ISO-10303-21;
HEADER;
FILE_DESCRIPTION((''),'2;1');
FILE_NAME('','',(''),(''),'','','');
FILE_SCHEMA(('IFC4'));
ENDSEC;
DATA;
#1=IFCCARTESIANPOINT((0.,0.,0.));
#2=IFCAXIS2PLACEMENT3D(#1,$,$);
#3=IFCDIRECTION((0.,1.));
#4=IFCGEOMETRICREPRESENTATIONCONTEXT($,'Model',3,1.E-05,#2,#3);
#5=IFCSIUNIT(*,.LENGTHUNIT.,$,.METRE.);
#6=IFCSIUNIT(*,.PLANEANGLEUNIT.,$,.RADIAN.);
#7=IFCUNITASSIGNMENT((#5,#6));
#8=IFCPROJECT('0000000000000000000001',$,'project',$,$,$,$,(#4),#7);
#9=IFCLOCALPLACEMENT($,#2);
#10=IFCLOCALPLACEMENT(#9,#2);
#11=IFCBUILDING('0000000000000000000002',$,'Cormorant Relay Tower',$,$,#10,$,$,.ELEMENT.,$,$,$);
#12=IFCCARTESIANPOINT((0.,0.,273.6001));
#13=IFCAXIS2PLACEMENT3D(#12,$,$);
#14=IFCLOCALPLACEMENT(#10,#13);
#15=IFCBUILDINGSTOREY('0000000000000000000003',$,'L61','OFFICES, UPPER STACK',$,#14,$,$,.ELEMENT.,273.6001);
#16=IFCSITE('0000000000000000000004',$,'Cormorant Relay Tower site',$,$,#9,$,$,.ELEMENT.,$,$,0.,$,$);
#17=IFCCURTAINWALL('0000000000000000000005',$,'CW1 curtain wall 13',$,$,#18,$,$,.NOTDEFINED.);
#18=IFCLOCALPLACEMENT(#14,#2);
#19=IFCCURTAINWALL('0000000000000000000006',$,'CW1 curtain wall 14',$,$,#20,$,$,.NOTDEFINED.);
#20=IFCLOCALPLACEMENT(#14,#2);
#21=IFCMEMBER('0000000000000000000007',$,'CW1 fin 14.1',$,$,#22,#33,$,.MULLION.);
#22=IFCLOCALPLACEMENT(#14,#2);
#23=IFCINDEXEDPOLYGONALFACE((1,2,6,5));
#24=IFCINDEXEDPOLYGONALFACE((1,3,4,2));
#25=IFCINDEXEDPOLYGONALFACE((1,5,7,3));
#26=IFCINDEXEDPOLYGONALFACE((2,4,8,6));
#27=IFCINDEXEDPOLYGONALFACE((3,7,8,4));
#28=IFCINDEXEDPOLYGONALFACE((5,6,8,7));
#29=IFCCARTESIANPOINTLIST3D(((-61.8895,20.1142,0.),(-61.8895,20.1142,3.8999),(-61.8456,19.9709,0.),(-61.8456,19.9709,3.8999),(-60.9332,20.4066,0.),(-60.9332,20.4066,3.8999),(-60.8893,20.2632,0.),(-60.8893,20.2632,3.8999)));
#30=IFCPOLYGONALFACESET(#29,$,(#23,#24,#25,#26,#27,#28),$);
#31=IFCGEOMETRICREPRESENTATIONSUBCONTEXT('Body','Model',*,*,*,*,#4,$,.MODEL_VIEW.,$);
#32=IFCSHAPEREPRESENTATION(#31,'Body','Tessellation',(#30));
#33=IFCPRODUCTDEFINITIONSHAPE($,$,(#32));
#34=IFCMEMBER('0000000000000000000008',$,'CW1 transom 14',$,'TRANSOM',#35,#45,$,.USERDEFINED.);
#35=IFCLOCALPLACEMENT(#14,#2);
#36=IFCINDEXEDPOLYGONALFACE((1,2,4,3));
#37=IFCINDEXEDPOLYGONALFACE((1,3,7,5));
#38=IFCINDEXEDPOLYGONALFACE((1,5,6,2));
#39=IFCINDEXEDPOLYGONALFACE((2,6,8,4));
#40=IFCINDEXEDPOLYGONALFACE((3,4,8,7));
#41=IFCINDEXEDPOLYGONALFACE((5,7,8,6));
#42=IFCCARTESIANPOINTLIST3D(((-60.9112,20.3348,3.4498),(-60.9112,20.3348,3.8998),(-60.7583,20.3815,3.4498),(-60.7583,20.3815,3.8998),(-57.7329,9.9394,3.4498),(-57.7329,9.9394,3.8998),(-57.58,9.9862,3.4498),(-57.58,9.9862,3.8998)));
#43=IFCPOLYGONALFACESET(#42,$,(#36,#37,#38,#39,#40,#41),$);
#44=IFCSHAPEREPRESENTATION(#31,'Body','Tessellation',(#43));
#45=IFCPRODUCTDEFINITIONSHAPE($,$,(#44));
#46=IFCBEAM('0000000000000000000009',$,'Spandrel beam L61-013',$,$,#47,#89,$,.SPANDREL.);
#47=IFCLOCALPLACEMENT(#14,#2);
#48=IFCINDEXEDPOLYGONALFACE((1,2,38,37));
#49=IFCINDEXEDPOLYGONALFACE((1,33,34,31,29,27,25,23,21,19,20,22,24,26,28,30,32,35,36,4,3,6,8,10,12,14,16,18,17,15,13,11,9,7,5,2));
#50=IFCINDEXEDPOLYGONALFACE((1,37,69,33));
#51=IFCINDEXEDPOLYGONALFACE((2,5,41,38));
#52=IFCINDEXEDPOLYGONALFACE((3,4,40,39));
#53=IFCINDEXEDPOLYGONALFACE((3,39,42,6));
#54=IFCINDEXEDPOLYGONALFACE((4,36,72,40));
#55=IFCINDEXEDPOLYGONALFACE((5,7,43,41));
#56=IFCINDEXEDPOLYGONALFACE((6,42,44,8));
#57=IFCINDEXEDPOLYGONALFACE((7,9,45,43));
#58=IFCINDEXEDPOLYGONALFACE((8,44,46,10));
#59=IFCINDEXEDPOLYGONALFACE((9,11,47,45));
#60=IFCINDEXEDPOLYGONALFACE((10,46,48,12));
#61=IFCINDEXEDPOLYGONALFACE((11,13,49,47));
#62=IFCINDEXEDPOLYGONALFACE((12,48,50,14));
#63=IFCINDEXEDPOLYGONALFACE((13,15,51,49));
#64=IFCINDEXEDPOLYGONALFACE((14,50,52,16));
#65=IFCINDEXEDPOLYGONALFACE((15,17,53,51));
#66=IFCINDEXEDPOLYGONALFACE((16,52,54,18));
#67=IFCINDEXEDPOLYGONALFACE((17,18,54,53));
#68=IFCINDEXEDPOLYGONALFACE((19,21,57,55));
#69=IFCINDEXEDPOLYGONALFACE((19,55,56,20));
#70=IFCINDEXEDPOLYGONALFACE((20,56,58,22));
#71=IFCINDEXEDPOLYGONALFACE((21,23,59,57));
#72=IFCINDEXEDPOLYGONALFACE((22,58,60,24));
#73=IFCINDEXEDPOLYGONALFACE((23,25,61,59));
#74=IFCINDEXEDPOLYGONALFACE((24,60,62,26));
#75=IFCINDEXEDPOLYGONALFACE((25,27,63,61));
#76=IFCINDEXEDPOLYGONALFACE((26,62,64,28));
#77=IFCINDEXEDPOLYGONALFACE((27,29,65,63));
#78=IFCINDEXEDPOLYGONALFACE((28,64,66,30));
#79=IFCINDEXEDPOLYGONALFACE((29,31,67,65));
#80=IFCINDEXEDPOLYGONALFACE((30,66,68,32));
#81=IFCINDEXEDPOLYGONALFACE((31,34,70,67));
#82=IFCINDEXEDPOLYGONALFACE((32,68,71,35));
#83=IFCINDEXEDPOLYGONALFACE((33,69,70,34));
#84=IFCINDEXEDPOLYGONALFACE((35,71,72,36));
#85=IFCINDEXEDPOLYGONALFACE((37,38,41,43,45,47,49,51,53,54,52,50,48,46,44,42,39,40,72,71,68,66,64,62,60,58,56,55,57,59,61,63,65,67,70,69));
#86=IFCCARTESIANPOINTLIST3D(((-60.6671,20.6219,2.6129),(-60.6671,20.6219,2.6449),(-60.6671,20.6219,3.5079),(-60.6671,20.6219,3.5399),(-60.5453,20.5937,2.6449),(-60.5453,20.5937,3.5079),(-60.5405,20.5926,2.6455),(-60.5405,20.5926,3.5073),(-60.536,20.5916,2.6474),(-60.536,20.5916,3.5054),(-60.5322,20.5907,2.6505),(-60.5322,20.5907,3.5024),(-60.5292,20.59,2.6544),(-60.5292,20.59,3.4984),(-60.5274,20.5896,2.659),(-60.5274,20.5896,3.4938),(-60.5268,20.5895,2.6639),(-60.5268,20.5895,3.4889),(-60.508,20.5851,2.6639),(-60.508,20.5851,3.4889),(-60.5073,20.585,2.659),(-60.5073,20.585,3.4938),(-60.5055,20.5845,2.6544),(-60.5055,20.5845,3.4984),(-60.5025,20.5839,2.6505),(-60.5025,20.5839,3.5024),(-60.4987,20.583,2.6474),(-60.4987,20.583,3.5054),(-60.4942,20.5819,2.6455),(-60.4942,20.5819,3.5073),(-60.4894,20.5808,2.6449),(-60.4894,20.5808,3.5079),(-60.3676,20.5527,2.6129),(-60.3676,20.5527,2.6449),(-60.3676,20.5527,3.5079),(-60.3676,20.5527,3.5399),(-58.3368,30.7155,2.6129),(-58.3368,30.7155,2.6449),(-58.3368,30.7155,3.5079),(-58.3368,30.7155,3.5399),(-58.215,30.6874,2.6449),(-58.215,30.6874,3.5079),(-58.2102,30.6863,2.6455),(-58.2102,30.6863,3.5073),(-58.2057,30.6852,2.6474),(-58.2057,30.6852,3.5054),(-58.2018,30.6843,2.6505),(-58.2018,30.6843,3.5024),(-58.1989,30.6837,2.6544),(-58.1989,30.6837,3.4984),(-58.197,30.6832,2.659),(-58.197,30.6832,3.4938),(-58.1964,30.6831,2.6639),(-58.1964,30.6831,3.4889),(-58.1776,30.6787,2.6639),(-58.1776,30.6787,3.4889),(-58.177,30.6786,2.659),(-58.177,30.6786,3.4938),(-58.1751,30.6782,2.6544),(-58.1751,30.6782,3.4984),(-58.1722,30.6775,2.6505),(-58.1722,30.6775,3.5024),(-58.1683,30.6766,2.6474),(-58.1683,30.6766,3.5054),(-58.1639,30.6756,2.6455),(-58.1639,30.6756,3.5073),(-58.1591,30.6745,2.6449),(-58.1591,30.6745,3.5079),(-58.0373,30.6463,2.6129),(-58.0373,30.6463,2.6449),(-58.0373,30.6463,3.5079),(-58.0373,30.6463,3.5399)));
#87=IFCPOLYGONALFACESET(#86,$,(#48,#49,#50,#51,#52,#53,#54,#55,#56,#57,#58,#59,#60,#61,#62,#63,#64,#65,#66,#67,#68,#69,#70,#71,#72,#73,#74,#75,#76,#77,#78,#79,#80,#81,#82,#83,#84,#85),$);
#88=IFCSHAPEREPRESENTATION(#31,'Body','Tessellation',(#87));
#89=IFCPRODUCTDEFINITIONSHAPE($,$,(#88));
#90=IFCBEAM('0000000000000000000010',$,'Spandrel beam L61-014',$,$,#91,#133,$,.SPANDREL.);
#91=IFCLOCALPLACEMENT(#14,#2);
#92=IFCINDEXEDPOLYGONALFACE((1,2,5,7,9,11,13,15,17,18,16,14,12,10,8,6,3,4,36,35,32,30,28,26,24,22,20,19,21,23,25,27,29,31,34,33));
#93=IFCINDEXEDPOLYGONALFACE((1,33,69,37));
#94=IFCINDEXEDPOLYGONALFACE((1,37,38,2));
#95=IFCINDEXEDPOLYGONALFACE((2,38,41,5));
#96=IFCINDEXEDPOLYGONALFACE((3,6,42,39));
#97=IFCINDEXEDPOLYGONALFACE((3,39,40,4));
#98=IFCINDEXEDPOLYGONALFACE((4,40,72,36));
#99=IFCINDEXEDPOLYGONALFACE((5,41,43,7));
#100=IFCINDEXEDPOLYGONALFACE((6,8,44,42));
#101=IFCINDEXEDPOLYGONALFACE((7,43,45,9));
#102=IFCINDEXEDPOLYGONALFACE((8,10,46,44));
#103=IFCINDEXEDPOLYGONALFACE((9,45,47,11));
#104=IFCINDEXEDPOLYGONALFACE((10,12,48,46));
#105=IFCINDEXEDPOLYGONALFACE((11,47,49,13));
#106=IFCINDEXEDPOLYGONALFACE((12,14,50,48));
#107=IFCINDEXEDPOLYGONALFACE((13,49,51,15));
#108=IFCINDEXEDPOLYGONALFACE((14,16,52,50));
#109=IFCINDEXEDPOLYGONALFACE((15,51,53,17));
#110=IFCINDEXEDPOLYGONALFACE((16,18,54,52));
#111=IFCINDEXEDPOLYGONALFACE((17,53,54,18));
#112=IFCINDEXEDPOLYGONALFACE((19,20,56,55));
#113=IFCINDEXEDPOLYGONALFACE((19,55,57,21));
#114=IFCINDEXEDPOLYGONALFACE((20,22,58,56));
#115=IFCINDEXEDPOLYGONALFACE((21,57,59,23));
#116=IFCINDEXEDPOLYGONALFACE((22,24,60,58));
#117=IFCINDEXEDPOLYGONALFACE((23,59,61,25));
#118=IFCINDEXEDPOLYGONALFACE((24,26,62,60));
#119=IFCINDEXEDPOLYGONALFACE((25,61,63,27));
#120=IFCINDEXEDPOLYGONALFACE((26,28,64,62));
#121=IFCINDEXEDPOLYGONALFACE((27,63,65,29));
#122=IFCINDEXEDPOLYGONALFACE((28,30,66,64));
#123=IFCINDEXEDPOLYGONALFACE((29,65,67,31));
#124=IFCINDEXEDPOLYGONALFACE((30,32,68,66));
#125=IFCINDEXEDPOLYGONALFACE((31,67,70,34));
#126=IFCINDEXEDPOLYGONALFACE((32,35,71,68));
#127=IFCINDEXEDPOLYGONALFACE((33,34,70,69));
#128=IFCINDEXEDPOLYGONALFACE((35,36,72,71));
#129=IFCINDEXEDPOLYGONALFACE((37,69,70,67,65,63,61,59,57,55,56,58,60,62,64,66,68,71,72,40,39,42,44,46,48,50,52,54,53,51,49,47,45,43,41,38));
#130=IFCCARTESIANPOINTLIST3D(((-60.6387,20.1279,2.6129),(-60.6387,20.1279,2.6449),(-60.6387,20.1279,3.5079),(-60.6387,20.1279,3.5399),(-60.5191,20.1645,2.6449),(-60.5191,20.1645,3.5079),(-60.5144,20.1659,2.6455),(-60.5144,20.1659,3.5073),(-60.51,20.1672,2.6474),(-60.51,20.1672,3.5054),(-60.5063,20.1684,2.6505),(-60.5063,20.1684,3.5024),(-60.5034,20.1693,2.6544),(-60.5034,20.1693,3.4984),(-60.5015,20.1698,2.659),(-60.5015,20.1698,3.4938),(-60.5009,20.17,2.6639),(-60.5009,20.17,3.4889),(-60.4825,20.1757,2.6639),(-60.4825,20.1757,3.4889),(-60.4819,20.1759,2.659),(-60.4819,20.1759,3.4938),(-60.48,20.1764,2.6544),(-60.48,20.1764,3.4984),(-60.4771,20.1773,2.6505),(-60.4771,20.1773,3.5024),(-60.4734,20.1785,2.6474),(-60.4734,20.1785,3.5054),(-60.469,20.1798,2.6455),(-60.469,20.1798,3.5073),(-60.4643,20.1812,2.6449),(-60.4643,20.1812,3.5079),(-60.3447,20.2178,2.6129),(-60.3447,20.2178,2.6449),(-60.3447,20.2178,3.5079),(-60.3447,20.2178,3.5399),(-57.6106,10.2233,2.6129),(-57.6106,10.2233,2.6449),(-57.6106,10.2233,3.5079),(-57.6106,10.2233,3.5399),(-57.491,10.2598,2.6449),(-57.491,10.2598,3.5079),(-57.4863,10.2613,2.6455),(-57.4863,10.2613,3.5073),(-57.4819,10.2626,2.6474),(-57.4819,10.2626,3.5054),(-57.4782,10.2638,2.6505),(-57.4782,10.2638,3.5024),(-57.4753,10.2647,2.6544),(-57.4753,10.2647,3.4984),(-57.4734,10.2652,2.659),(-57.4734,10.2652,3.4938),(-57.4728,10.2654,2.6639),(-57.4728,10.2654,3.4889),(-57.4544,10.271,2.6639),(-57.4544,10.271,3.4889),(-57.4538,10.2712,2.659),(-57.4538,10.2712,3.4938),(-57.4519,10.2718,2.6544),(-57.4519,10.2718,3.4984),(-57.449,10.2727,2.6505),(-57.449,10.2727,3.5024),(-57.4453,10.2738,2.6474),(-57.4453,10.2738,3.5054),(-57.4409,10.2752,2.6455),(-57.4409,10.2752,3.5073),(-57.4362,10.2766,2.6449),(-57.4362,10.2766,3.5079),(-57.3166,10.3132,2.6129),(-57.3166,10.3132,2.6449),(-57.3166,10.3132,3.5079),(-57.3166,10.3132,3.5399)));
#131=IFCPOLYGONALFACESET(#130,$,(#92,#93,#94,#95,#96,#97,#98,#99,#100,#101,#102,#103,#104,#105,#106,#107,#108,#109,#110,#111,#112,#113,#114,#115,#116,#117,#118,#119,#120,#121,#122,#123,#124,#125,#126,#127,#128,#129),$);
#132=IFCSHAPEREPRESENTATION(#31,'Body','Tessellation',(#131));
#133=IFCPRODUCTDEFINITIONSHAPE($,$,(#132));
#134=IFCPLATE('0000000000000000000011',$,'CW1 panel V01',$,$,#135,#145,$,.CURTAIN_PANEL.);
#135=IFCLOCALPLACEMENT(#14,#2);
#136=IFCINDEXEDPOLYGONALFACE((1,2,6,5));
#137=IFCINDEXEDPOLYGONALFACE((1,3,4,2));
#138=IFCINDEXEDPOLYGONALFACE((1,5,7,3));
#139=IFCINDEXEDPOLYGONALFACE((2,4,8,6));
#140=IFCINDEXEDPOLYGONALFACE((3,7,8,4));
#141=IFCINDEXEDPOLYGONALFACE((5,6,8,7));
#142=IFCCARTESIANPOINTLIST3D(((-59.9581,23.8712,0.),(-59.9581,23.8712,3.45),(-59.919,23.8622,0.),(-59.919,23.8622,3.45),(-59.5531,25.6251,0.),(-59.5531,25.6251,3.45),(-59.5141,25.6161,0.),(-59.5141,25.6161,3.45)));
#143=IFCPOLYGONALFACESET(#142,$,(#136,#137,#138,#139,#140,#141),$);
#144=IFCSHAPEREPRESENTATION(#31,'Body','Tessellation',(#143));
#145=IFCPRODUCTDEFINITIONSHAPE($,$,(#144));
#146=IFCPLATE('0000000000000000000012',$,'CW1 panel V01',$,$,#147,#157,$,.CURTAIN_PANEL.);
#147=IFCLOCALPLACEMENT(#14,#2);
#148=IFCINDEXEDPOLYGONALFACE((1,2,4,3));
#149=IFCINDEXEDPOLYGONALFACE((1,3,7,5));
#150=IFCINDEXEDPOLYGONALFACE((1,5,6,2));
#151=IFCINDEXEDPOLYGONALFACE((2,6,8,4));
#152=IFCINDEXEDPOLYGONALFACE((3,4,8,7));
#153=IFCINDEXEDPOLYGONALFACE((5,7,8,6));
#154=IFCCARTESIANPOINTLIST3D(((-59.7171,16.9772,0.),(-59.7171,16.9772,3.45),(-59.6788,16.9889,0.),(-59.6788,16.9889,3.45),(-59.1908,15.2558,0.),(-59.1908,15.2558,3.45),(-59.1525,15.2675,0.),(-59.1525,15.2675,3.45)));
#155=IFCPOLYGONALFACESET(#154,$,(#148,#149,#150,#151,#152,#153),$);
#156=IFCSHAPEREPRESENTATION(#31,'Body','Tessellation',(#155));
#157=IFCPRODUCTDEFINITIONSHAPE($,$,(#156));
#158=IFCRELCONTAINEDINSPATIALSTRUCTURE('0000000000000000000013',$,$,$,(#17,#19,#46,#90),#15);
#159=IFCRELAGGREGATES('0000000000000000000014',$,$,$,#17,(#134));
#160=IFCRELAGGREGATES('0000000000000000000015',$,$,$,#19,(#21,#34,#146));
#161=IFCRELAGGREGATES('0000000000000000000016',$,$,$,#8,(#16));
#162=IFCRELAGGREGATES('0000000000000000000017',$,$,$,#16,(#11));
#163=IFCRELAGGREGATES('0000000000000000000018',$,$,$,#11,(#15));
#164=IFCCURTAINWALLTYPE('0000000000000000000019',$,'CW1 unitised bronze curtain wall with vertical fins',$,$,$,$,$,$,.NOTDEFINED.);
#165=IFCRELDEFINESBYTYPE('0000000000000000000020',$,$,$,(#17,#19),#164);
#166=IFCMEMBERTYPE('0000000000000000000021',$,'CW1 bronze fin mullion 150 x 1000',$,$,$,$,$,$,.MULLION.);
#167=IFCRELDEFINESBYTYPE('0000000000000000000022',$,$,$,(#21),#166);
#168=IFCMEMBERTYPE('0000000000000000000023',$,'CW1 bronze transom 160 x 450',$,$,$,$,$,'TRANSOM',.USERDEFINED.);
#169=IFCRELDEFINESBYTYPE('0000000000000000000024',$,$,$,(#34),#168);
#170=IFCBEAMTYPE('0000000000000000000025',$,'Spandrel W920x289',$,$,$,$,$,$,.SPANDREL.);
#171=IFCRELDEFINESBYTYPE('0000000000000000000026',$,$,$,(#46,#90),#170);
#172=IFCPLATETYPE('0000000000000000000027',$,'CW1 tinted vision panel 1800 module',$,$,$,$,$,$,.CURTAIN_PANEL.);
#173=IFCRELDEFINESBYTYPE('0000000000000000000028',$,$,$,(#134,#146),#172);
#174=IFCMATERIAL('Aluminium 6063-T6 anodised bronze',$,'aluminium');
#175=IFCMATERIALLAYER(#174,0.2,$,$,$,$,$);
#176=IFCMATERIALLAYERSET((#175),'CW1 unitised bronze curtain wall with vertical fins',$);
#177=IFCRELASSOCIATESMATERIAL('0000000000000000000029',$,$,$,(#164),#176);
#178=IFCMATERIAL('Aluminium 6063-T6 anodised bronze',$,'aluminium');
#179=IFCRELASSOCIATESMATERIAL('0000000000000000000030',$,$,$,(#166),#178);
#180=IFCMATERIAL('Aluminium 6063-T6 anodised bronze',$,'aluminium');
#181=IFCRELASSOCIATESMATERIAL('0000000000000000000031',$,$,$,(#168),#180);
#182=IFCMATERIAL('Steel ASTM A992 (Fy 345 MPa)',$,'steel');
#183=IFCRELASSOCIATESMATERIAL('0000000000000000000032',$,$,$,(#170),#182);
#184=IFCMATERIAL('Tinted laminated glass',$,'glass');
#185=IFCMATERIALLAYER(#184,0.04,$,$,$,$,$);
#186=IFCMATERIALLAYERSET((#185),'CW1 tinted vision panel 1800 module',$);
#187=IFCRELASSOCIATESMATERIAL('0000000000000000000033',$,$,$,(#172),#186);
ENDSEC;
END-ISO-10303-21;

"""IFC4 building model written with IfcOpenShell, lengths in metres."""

from ifc_helpers import new_model, si_unit, direction, frame, origin, origin_2d, place, context, subcontext, project, spatial, rectangle, i_section, extrude, material, layer, layer_set, material_profile, profile_set, type_object, element, aggregate, save


model = new_model("IFC4")

# Units and contexts
model_context = context("Model", 3, precision=1e-05, world=origin(), true_north=direction((0.0, 1.0)))
body_context = subcontext(model_context, "Body", "Model", "MODEL_VIEW")
ifc_project = project(units=[si_unit("LENGTHUNIT", "METRE"), si_unit("PLANEANGLEUNIT", "RADIAN")], contexts=[model_context])

# Site, building, storey
site_placement = place(None, origin())
site = spatial("IfcSite", under=ifc_project, at=site_placement, Name="Cormorant Relay Tower site", CompositionType="ELEMENT", RefElevation=0.0)
building_placement = place(site_placement, origin())
building = spatial("IfcBuilding", under=site, at=building_placement, Name="Cormorant Relay Tower", CompositionType="ELEMENT")
storey_placement = place(building_placement, frame((0.0, 0.0, 273.6001)))
storey = spatial("IfcBuildingStorey", under=building, at=storey_placement, Name="L61", Description="OFFICES, UPPER STACK", CompositionType="ELEMENT", Elevation=273.6001)

# Curtain wall
ifc_material_1 = material(Name="Aluminium 6063-T6 anodised bronze", Category="aluminium")
ifc_layer_1 = layer(ifc_material_1, 0.2)
ifc_layer_set_1 = layer_set([ifc_layer_1], Name="CW1 unitised bronze curtain wall with vertical fins")
curtain_wall_type = type_object("IfcCurtainWallType", Name="CW1 unitised bronze curtain wall with vertical fins", PredefinedType="NOTDEFINED", material=ifc_layer_set_1)
curtain_wall_1_placement = place(storey_placement, origin())
curtain_wall_1 = element("IfcCurtainWall", 1, at=curtain_wall_1_placement, inside=storey, type_object=curtain_wall_type, Name="CW1 curtain wall 13", PredefinedType="NOTDEFINED")
ifc_material_2 = material(Name="Aluminium 6063-T6 anodised bronze", Category="aluminium")
ifc_material_profile_1 = material_profile(ifc_material_2, rectangle(XDim=0.1499, YDim=1.0, at=origin_2d()), Name="AL 150x1000")
ifc_profile_set_1 = profile_set([ifc_material_profile_1], Name="Aluminium 6063-T6 anodised bronze")
member_type_1 = type_object("IfcMemberType", Name="CW1 bronze fin mullion 150 x 1000", PredefinedType="MULLION", material=ifc_profile_set_1)

# Curtain wall, members
curtain_wall_2_placement = place(storey_placement, origin())
curtain_wall_2 = element("IfcCurtainWall", 2, at=curtain_wall_2_placement, inside=storey, type_object=curtain_wall_type, Name="CW1 curtain wall 14", PredefinedType="NOTDEFINED")
member_1_placement = place(storey_placement, frame((-61.3894, 20.1887, 0.0), z_axis=(0.0, 0.0, 1.0), x_axis=(0.292372, -0.956305, 0.0)))
member_1 = element("IfcMember", 3, at=member_1_placement, type_object=member_type_1, Name="CW1 fin 14.1", PredefinedType="MULLION", context=body_context, shape_type="SweptSolid", body=[
    extrude(rectangle(XDim=0.1499, YDim=1.0, at=origin_2d()), origin(), (0.0, 0.0, 1.0), 3.8999),
])
ifc_material_3 = material(Name="Aluminium 6063-T6 anodised bronze", Category="aluminium")
ifc_material_profile_2 = material_profile(ifc_material_3, rectangle(XDim=0.1599, YDim=0.45, at=origin_2d()), Name="AL 160x450")
ifc_profile_set_2 = profile_set([ifc_material_profile_2], Name="Aluminium 6063-T6 anodised bronze")
member_type_2 = type_object("IfcMemberType", Name="CW1 bronze transom 160 x 450", ElementType="TRANSOM", PredefinedType="USERDEFINED", material=ifc_profile_set_2)
member_2_placement = place(storey_placement, frame((-60.8347, 20.3582, 3.6748), z_axis=(0.292378, -0.956303, 0.0), x_axis=(0.956303, 0.292378, 0.0)))
member_2 = element("IfcMember", 4, at=member_2_placement, type_object=member_type_2, Name="CW1 transom 14", ObjectType="TRANSOM", PredefinedType="USERDEFINED", context=body_context, shape_type="SweptSolid", body=[
    extrude(rectangle(XDim=0.1599, YDim=0.45, at=origin_2d()), origin(), (0.0, 0.0, 1.0), 10.8704),
])

# Beams
ifc_material_4 = material(Name="Steel ASTM A992 (Fy 345 MPa)", Category="steel")
ifc_material_profile_3 = material_profile(ifc_material_4, i_section(OverallWidth=0.3074, OverallDepth=0.927, WebThickness=0.0193, FlangeThickness=0.032, FilletRadius=0.019, at=origin_2d()), Name="W920x289")
ifc_profile_set_3 = profile_set([ifc_material_profile_3], Name="Steel ASTM A992 (Fy 345 MPa)")
beam_type = type_object("IfcBeamType", Name="Spandrel W920x289", PredefinedType="SPANDREL", material=ifc_profile_set_3)
beam_1_placement = place(storey_placement, frame((-58.187, 30.6809, 3.0764), z_axis=(-0.224956, -0.974369, 0.0), x_axis=(0.974369, -0.224956, 0.0)))
element("IfcBeam", 5, at=beam_1_placement, inside=storey, type_object=beam_type, Name="Spandrel beam L61-013", PredefinedType="SPANDREL", context=body_context, shape_type="SweptSolid", body=[
    extrude(i_section(OverallWidth=0.3074, OverallDepth=0.927, WebThickness=0.0193, FlangeThickness=0.032, FilletRadius=0.019, at=origin_2d()), origin(), (0.0, 0.0, 1.0), 10.3591),
])
beam_2_placement = place(storey_placement, frame((-60.4917, 20.1729, 3.0764), z_axis=(0.292368, -0.956306, 0.0), x_axis=(0.956306, 0.292368, 0.0)))
element("IfcBeam", 6, at=beam_2_placement, inside=storey, type_object=beam_type, Name="Spandrel beam L61-014", PredefinedType="SPANDREL", context=body_context, shape_type="SweptSolid", body=[
    extrude(i_section(OverallWidth=0.3074, OverallDepth=0.927, WebThickness=0.0193, FlangeThickness=0.032, FilletRadius=0.019, at=origin_2d()), origin(), (0.0, 0.0, 1.0), 10.3572),
])

# Plates
ifc_material_5 = material(Name="Tinted laminated glass", Category="glass")
ifc_layer_2 = layer(ifc_material_5, 0.04)
ifc_layer_set_2 = layer_set([ifc_layer_2], Name="CW1 tinted vision panel 1800 module")
plate_type = type_object("IfcPlateType", Name="CW1 tinted vision panel 1800 module", PredefinedType="CURTAIN_PANEL", material=ifc_layer_set_2)
plate_1_placement = place(storey_placement, frame((-59.7361, 24.7437, 0.0), z_axis=(0.0, 0.0, 1.0), x_axis=(-0.224951, -0.97437, 0.0)))
plate_1 = element("IfcPlate", 7, at=plate_1_placement, type_object=plate_type, Name="CW1 panel V01", PredefinedType="CURTAIN_PANEL", context=body_context, shape_type="SweptSolid", body=[
    extrude(rectangle(XDim=1.8, YDim=0.04, at=origin_2d()), origin(), (0.0, 0.0, 1.0), 3.45),
])
plate_2_placement = place(storey_placement, frame((-59.4348, 16.1223, 0.0), z_axis=(0.0, 0.0, 1.0), x_axis=(0.292372, -0.956305, 0.0)))
plate_2 = element("IfcPlate", 8, at=plate_2_placement, type_object=plate_type, Name="CW1 panel V01", PredefinedType="CURTAIN_PANEL", context=body_context, shape_type="SweptSolid", body=[
    extrude(rectangle(XDim=1.8, YDim=0.04, at=origin_2d()), origin(), (0.0, 0.0, 1.0), 3.45),
])

aggregate(curtain_wall_1, [plate_1])
aggregate(curtain_wall_2, [member_1, member_2, plate_2])

save(model, "model.ifc")
